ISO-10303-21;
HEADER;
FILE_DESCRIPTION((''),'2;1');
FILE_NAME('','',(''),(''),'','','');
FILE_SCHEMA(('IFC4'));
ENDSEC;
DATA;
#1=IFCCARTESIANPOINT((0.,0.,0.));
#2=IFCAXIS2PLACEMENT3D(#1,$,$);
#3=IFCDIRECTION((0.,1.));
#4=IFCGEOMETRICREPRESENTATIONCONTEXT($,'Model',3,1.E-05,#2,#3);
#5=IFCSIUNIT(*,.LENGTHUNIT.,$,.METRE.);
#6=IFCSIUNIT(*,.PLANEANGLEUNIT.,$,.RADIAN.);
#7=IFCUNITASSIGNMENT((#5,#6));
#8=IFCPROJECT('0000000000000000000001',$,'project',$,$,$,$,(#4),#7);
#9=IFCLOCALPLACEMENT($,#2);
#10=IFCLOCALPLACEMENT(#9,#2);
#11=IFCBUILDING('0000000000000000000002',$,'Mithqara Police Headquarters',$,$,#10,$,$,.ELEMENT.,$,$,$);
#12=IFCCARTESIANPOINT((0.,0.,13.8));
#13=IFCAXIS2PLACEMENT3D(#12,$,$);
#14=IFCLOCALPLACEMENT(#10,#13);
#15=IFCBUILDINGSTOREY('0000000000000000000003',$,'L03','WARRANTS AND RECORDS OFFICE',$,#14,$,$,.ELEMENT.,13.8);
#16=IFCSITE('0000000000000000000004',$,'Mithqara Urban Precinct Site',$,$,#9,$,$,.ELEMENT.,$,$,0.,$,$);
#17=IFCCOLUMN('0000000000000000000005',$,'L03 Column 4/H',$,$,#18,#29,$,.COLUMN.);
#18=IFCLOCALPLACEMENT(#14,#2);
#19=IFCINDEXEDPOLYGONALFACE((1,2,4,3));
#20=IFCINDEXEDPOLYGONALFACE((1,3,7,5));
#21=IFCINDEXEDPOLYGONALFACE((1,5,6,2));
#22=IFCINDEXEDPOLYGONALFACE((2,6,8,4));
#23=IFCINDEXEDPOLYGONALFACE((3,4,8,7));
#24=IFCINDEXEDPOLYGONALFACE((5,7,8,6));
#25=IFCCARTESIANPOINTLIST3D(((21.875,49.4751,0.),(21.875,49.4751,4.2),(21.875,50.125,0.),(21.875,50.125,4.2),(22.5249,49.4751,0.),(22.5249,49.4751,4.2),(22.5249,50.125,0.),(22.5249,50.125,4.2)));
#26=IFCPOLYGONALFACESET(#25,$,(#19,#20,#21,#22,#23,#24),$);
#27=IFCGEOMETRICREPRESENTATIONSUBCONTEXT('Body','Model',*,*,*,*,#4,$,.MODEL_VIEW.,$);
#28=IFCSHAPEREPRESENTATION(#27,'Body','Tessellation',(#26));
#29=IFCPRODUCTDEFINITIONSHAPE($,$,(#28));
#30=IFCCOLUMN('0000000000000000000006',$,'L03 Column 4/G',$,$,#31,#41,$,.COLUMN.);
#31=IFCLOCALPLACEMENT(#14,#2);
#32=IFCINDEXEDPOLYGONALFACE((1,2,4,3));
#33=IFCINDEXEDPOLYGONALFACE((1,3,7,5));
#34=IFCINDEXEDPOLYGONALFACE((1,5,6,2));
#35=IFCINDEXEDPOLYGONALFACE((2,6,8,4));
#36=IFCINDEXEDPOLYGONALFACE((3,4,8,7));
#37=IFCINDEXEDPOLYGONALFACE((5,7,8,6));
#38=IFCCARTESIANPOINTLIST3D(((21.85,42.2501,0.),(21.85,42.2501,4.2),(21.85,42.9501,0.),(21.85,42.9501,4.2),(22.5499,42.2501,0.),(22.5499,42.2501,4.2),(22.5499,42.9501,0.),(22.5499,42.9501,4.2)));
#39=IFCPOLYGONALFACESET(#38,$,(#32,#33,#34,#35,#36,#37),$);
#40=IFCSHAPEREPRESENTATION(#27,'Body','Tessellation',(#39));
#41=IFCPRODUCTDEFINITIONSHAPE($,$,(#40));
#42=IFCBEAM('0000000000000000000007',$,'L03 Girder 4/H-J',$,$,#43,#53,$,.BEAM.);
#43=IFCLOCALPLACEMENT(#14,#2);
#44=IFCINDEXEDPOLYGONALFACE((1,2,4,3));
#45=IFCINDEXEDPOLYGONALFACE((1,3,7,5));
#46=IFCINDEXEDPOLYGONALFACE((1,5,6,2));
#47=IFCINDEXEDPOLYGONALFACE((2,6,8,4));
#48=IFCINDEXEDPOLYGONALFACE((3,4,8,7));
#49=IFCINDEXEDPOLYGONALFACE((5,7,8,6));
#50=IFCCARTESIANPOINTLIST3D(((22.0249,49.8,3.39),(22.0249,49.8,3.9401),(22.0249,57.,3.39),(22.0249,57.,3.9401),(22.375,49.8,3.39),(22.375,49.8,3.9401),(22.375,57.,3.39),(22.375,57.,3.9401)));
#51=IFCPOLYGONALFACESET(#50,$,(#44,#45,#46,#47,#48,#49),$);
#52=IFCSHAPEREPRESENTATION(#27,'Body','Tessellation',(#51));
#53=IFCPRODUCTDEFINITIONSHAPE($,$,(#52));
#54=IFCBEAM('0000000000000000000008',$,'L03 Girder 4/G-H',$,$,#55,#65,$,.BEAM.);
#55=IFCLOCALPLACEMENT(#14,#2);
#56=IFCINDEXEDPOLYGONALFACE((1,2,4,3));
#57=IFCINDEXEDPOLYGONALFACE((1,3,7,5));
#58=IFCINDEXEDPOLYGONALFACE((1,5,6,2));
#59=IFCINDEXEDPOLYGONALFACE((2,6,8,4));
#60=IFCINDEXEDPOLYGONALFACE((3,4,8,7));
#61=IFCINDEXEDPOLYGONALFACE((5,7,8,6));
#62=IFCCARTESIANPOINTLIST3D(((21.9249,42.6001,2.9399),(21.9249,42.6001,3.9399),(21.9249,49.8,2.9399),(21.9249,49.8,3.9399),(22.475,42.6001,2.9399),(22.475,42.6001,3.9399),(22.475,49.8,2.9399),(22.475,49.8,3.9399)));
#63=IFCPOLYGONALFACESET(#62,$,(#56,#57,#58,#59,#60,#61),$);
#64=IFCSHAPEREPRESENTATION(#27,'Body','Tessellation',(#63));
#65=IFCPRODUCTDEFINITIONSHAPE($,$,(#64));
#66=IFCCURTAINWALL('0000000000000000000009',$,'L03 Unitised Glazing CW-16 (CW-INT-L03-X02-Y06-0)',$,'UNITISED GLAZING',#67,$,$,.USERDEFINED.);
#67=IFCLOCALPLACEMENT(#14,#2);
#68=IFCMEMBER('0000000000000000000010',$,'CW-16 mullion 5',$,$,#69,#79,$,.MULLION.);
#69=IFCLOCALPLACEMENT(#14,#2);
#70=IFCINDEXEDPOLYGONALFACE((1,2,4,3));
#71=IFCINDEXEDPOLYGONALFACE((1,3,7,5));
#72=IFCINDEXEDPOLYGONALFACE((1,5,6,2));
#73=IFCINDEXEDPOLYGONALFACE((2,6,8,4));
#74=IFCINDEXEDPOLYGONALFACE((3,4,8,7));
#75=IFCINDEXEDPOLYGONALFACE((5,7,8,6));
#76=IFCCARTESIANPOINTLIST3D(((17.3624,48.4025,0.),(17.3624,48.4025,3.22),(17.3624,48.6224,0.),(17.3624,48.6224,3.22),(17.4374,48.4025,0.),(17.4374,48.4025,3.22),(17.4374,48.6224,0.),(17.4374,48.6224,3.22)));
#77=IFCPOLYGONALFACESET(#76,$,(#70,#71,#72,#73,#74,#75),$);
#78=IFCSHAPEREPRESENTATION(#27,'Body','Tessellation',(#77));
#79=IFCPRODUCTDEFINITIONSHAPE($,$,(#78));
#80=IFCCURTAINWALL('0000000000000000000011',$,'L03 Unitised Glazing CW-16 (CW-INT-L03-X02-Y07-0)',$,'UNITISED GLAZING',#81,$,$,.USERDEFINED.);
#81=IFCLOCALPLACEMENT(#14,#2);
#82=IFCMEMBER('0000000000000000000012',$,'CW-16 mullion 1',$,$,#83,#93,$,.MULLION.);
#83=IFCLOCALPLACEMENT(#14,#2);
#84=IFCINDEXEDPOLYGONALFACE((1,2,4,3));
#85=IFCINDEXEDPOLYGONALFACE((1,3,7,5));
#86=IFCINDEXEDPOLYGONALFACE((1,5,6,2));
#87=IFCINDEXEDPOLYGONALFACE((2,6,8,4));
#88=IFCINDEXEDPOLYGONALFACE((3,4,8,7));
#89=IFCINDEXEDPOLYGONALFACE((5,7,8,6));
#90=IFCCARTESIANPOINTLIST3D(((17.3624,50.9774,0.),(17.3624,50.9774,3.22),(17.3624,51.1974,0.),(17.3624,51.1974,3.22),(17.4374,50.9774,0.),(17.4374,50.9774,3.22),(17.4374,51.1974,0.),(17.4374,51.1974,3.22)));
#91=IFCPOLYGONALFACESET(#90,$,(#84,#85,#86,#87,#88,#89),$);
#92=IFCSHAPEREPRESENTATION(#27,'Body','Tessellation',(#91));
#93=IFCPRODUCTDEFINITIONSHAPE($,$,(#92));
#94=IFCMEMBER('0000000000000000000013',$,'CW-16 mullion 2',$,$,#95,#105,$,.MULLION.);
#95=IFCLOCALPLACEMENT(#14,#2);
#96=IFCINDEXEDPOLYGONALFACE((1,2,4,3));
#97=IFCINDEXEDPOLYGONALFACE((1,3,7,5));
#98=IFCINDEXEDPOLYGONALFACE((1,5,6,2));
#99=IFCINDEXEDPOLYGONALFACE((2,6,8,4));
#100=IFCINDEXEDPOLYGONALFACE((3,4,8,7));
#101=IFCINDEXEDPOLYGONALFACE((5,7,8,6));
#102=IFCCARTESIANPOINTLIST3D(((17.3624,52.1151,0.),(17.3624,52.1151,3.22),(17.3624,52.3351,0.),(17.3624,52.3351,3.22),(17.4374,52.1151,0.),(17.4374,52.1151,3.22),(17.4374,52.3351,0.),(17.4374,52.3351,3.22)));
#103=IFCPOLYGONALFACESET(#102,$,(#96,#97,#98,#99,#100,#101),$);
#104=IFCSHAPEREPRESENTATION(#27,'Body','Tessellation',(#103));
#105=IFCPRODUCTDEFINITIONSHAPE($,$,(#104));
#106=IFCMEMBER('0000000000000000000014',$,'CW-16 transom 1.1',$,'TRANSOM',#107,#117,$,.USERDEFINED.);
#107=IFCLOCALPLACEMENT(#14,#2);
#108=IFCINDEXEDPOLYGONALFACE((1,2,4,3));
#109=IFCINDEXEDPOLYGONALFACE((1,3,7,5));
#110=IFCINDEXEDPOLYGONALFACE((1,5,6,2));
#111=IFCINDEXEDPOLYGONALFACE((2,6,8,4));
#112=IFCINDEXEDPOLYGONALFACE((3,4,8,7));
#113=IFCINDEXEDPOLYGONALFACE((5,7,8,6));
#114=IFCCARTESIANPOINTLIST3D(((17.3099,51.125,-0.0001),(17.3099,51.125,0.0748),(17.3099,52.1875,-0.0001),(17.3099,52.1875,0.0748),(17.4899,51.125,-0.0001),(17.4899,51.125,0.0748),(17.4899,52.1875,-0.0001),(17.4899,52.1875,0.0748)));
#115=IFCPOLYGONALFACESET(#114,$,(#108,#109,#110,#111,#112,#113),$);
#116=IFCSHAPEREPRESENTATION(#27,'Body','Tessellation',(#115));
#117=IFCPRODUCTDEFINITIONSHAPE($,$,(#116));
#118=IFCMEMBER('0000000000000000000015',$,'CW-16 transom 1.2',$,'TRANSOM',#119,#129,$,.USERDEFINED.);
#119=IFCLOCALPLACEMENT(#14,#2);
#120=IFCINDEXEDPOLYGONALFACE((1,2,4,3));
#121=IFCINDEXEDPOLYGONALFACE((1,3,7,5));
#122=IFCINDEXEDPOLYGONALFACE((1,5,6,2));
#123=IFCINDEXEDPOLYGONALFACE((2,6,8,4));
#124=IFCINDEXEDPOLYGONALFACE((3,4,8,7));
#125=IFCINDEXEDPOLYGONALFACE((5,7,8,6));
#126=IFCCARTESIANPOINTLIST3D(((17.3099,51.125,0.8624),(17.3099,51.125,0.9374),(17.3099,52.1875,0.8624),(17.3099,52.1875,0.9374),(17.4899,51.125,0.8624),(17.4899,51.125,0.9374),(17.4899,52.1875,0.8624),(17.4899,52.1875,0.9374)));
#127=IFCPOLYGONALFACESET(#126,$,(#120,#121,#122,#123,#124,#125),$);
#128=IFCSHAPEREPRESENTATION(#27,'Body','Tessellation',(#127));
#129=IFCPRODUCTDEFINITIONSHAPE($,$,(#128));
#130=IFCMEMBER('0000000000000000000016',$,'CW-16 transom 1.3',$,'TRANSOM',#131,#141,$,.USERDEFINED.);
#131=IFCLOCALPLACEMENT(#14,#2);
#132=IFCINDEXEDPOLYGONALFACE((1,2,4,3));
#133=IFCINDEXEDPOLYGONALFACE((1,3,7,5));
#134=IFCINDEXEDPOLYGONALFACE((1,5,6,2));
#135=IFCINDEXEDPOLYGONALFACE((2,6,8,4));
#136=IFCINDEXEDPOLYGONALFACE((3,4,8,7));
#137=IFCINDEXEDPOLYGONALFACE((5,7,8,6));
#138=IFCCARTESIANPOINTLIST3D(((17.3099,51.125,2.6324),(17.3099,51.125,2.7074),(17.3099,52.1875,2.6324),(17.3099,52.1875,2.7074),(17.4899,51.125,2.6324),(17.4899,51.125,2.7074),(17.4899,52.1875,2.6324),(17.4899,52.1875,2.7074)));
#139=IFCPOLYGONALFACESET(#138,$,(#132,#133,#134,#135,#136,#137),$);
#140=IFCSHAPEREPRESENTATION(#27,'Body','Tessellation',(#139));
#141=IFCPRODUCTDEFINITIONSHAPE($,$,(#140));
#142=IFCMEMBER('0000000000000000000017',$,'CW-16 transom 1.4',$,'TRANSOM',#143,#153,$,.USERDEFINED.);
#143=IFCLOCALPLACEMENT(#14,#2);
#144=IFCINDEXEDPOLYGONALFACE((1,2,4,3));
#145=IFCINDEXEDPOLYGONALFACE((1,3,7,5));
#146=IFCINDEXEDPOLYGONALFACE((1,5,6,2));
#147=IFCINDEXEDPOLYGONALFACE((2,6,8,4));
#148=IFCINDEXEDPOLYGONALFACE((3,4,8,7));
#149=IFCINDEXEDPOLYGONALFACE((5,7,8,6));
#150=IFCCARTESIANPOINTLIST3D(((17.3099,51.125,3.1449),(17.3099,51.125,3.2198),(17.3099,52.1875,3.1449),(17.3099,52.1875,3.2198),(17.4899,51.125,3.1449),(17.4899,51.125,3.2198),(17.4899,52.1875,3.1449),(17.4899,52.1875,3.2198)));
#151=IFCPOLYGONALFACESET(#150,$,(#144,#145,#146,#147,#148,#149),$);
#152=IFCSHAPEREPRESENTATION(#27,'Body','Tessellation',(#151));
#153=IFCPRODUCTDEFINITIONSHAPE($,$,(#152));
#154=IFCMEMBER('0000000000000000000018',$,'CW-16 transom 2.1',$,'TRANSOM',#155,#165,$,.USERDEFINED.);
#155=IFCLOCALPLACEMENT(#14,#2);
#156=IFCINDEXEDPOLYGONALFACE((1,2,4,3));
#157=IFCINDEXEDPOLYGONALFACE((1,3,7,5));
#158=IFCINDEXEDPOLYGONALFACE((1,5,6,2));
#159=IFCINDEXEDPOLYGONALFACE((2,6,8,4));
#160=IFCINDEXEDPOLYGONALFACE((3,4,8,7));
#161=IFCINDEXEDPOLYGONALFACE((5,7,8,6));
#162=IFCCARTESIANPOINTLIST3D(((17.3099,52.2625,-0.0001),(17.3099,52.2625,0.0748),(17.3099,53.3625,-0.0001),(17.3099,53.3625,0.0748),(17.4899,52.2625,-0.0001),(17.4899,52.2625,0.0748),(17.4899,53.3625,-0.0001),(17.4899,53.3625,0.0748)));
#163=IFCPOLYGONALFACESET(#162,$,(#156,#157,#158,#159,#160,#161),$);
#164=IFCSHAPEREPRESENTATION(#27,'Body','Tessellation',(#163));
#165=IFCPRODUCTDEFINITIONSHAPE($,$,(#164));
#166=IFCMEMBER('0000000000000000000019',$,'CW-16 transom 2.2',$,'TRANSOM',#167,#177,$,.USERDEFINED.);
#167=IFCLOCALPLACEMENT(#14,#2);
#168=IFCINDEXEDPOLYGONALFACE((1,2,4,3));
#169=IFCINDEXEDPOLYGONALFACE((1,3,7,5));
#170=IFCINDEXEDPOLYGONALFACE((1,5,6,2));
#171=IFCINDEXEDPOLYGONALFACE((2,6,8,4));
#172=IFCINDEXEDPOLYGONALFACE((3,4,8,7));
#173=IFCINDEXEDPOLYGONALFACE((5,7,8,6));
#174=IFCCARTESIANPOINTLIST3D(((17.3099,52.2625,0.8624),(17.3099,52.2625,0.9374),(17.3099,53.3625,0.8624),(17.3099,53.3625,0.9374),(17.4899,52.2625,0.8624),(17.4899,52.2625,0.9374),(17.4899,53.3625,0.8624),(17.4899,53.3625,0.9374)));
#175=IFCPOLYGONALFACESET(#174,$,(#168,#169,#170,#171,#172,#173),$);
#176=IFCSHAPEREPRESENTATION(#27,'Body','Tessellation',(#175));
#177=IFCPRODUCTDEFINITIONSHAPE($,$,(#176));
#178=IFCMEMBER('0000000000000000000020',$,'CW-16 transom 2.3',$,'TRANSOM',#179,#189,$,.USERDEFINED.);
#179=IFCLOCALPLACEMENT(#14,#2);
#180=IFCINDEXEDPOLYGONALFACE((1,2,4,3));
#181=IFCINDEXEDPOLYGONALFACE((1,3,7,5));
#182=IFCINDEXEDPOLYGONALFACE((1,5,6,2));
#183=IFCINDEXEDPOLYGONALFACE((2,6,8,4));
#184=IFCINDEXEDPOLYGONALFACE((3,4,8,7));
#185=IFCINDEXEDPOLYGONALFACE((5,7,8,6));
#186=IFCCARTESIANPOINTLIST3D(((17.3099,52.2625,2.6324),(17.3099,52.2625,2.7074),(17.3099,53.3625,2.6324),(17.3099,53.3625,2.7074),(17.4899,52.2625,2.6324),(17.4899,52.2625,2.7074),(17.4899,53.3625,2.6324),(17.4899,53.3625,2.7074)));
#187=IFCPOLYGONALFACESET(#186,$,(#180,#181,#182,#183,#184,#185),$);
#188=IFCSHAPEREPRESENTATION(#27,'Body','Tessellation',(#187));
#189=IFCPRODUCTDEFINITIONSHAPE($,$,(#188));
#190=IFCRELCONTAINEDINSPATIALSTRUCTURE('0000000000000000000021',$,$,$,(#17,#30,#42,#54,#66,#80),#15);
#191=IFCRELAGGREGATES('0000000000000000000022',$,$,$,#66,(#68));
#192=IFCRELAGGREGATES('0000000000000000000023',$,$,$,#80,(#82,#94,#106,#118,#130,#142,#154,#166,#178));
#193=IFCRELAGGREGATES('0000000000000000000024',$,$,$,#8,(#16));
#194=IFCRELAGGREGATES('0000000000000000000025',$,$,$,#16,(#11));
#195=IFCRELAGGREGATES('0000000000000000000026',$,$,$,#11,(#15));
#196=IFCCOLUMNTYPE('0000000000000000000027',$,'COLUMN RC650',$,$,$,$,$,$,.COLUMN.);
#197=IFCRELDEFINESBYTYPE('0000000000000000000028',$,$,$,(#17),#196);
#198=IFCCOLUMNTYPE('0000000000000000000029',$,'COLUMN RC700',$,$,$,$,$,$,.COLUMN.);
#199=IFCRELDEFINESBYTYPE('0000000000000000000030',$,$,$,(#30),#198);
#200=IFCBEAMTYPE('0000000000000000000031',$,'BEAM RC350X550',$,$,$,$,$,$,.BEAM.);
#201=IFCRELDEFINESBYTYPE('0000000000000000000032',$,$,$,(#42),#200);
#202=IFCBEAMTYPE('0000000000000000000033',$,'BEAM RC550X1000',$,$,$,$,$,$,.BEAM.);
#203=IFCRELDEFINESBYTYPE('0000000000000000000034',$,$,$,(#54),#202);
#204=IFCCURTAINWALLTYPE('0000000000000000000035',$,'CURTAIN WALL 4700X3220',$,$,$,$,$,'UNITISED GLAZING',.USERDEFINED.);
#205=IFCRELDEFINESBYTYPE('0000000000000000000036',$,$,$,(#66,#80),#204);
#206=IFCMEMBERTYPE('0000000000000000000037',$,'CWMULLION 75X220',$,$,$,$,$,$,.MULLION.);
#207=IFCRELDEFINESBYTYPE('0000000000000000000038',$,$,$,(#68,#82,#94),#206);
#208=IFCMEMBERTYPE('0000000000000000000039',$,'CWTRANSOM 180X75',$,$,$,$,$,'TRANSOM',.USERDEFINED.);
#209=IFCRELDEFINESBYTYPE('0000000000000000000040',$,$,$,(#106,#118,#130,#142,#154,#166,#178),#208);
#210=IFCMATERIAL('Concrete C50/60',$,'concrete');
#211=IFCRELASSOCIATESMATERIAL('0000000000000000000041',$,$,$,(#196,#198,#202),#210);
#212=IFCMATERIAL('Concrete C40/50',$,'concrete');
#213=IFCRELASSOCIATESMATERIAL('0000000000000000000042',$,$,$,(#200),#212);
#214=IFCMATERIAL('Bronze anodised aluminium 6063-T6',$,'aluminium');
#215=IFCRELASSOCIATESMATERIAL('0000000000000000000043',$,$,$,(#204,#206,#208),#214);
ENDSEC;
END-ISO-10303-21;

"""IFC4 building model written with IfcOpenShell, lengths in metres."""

from ifc_helpers import new_model, si_unit, direction, frame, origin, origin_2d, place, context, subcontext, project, spatial, rectangle, extrude, material, material_profile, profile_set, type_object, element, aggregate, save


model = new_model("IFC4")

# Units and contexts
model_context = context("Model", 3, precision=1e-05, world=origin(), true_north=direction((0.0, 1.0)))
body_context = subcontext(model_context, "Body", "Model", "MODEL_VIEW")
ifc_project = project(units=[si_unit("LENGTHUNIT", "METRE"), si_unit("PLANEANGLEUNIT", "RADIAN")], contexts=[model_context])

# Site, building, storey
site_placement = place(None, origin())
site = spatial("IfcSite", under=ifc_project, at=site_placement, Name="Mithqara Urban Precinct Site", CompositionType="ELEMENT", RefElevation=0.0)
building_placement = place(site_placement, origin())
building = spatial("IfcBuilding", under=site, at=building_placement, Name="Mithqara Police Headquarters", CompositionType="ELEMENT")
storey_placement = place(building_placement, frame((0.0, 0.0, 13.8)))
storey = spatial("IfcBuildingStorey", under=building, at=storey_placement, Name="L03", Description="WARRANTS AND RECORDS OFFICE", CompositionType="ELEMENT", Elevation=13.8)

# Columns
ifc_material_1 = material(Name="Concrete C50/60", Category="concrete")
ifc_material_profile_1 = material_profile(ifc_material_1, rectangle(XDim=0.6499, YDim=0.6499, at=origin_2d()), Name="RC 650x650")
ifc_profile_set_1 = profile_set([ifc_material_profile_1], Name="Concrete C50/60")
column_type_1 = type_object("IfcColumnType", Name="COLUMN RC650", PredefinedType="COLUMN", material=ifc_profile_set_1)
column_1_placement = place(storey_placement, frame((22.2, 49.8, 0.0), z_axis=(0.0, 0.0, 1.0), x_axis=(1.0, 0.0, 0.0)))
element("IfcColumn", 1, at=column_1_placement, inside=storey, type_object=column_type_1, Name="L03 Column 4/H", PredefinedType="COLUMN", context=body_context, shape_type="SweptSolid", body=[
    extrude(rectangle(XDim=0.6499, YDim=0.6499, at=origin_2d()), origin(), (0.0, 0.0, 1.0), 4.2),
])
ifc_material_profile_2 = material_profile(ifc_material_1, rectangle(XDim=0.7, YDim=0.7, at=origin_2d()), Name="RC 700x700")
ifc_profile_set_2 = profile_set([ifc_material_profile_2], Name="Concrete C50/60")
column_type_2 = type_object("IfcColumnType", Name="COLUMN RC700", PredefinedType="COLUMN", material=ifc_profile_set_2)
column_2_placement = place(storey_placement, frame((22.2, 42.6001, 0.0), z_axis=(0.0, 0.0, 1.0), x_axis=(1.0, 0.0, 0.0)))
element("IfcColumn", 2, at=column_2_placement, inside=storey, type_object=column_type_2, Name="L03 Column 4/G", PredefinedType="COLUMN", context=body_context, shape_type="SweptSolid", body=[
    extrude(rectangle(XDim=0.7, YDim=0.7, at=origin_2d()), origin(), (0.0, 0.0, 1.0), 4.2),
])

# Beams
ifc_material_2 = material(Name="Concrete C40/50", Category="concrete")
ifc_material_profile_3 = material_profile(ifc_material_2, rectangle(XDim=0.3501, YDim=0.55, at=origin_2d()), Name="RC 350x550")
ifc_profile_set_3 = profile_set([ifc_material_profile_3], Name="Concrete C40/50")
beam_type_1 = type_object("IfcBeamType", Name="BEAM RC350X550", PredefinedType="BEAM", material=ifc_profile_set_3)
beam_1_placement = place(storey_placement, frame((22.2, 49.8, 3.665), z_axis=(0.0, 1.0, 0.0), x_axis=(-1.0, 0.0, 0.0)))
element("IfcBeam", 3, at=beam_1_placement, inside=storey, type_object=beam_type_1, Name="L03 Girder 4/H-J", PredefinedType="BEAM", context=body_context, shape_type="SweptSolid", body=[
    extrude(rectangle(XDim=0.3501, YDim=0.55, at=origin_2d()), origin(), (0.0, 0.0, 1.0), 7.2),
])
ifc_material_profile_4 = material_profile(ifc_material_1, rectangle(XDim=0.55, YDim=1.0, at=origin_2d()), Name="RC 550x1000")
ifc_profile_set_4 = profile_set([ifc_material_profile_4], Name="Concrete C50/60")
beam_type_2 = type_object("IfcBeamType", Name="BEAM RC550X1000", PredefinedType="BEAM", material=ifc_profile_set_4)
beam_2_placement = place(storey_placement, frame((22.2, 42.6001, 3.4399), z_axis=(0.0, 1.0, 0.0), x_axis=(-1.0, 0.0, 0.0)))
element("IfcBeam", 4, at=beam_2_placement, inside=storey, type_object=beam_type_2, Name="L03 Girder 4/G-H", PredefinedType="BEAM", context=body_context, shape_type="SweptSolid", body=[
    extrude(rectangle(XDim=0.55, YDim=1.0, at=origin_2d()), origin(), (0.0, 0.0, 1.0), 7.2),
])

# Curtain wall, member
ifc_material_3 = material(Name="Bronze anodised aluminium 6063-T6", Category="aluminium")
curtain_wall_type = type_object("IfcCurtainWallType", Name="CURTAIN WALL 4700X3220", ElementType="UNITISED GLAZING", PredefinedType="USERDEFINED", material=ifc_material_3)
curtain_wall_1_placement = place(storey_placement, origin())
curtain_wall_1 = element("IfcCurtainWall", 5, at=curtain_wall_1_placement, inside=storey, type_object=curtain_wall_type, Name="L03 Unitised Glazing CW-16 (CW-INT-L03-X02-Y06-0)", ObjectType="UNITISED GLAZING", PredefinedType="USERDEFINED")
ifc_material_profile_5 = material_profile(ifc_material_3, rectangle(XDim=0.075, YDim=0.22, at=origin_2d()), Name="CWM 75x220")
ifc_profile_set_5 = profile_set([ifc_material_profile_5], Name="Bronze anodised aluminium 6063-T6")
member_type_1 = type_object("IfcMemberType", Name="CWMULLION 75X220", PredefinedType="MULLION", material=ifc_profile_set_5)
member_1_placement = place(storey_placement, frame((17.3999, 48.5125, 0.0), z_axis=(0.0, 0.0, 1.0), x_axis=(-1.0, 0.0, 0.0)))
member_1 = element("IfcMember", 6, at=member_1_placement, type_object=member_type_1, Name="CW-16 mullion 5", PredefinedType="MULLION", context=body_context, shape_type="SweptSolid", body=[
    extrude(rectangle(XDim=0.075, YDim=0.22, at=origin_2d()), origin(), (0.0, 0.0, 1.0), 3.22),
])

# Curtain wall, members
curtain_wall_2_placement = place(storey_placement, origin())
curtain_wall_2 = element("IfcCurtainWall", 7, at=curtain_wall_2_placement, inside=storey, type_object=curtain_wall_type, Name="L03 Unitised Glazing CW-16 (CW-INT-L03-X02-Y07-0)", ObjectType="UNITISED GLAZING", PredefinedType="USERDEFINED")
member_2_placement = place(storey_placement, frame((17.3999, 51.0874, 0.0), z_axis=(0.0, 0.0, 1.0), x_axis=(-1.0, 0.0, 0.0)))
member_2 = element("IfcMember", 8, at=member_2_placement, type_object=member_type_1, Name="CW-16 mullion 1", PredefinedType="MULLION", context=body_context, shape_type="SweptSolid", body=[
    extrude(rectangle(XDim=0.075, YDim=0.22, at=origin_2d()), origin(), (0.0, 0.0, 1.0), 3.22),
])
member_3_placement = place(storey_placement, frame((17.3999, 52.2251, 0.0), z_axis=(0.0, 0.0, 1.0), x_axis=(-1.0, 0.0, 0.0)))
member_3 = element("IfcMember", 9, at=member_3_placement, type_object=member_type_1, Name="CW-16 mullion 2", PredefinedType="MULLION", context=body_context, shape_type="SweptSolid", body=[
    extrude(rectangle(XDim=0.075, YDim=0.22, at=origin_2d()), origin(), (0.0, 0.0, 1.0), 3.22),
])
ifc_material_profile_6 = material_profile(ifc_material_3, rectangle(XDim=0.1799, YDim=0.075, at=origin_2d()), Name="CWT 180x75")
ifc_profile_set_6 = profile_set([ifc_material_profile_6], Name="Bronze anodised aluminium 6063-T6")
member_type_2 = type_object("IfcMemberType", Name="CWTRANSOM 180X75", ElementType="TRANSOM", PredefinedType="USERDEFINED", material=ifc_profile_set_6)
member_4_placement = place(storey_placement, frame((17.3999, 51.125, 0.0374), z_axis=(0.0, 1.0, 0.0), x_axis=(-1.0, 0.0, 0.0)))
member_4 = element("IfcMember", 10, at=member_4_placement, type_object=member_type_2, Name="CW-16 transom 1.1", ObjectType="TRANSOM", PredefinedType="USERDEFINED", context=body_context, shape_type="SweptSolid", body=[
    extrude(rectangle(XDim=0.1799, YDim=0.075, at=origin_2d()), origin(), (0.0, 0.0, 1.0), 1.0625),
])
member_5_placement = place(storey_placement, frame((17.3999, 51.125, 0.8999), z_axis=(0.0, 1.0, 0.0), x_axis=(-1.0, 0.0, 0.0)))
member_5 = element("IfcMember", 11, at=member_5_placement, type_object=member_type_2, Name="CW-16 transom 1.2", ObjectType="TRANSOM", PredefinedType="USERDEFINED", context=body_context, shape_type="SweptSolid", body=[
    extrude(rectangle(XDim=0.1799, YDim=0.075, at=origin_2d()), origin(), (0.0, 0.0, 1.0), 1.0625),
])
member_6_placement = place(storey_placement, frame((17.3999, 51.125, 2.6699), z_axis=(0.0, 1.0, 0.0), x_axis=(-1.0, 0.0, 0.0)))
member_6 = element("IfcMember", 12, at=member_6_placement, type_object=member_type_2, Name="CW-16 transom 1.3", ObjectType="TRANSOM", PredefinedType="USERDEFINED", context=body_context, shape_type="SweptSolid", body=[
    extrude(rectangle(XDim=0.1799, YDim=0.075, at=origin_2d()), origin(), (0.0, 0.0, 1.0), 1.0625),
])
member_7_placement = place(storey_placement, frame((17.3999, 51.125, 3.1824), z_axis=(0.0, 1.0, 0.0), x_axis=(-1.0, 0.0, 0.0)))
member_7 = element("IfcMember", 13, at=member_7_placement, type_object=member_type_2, Name="CW-16 transom 1.4", ObjectType="TRANSOM", PredefinedType="USERDEFINED", context=body_context, shape_type="SweptSolid", body=[
    extrude(rectangle(XDim=0.1799, YDim=0.075, at=origin_2d()), origin(), (0.0, 0.0, 1.0), 1.0625),
])
member_8_placement = place(storey_placement, frame((17.3999, 52.2625, 0.0374), z_axis=(0.0, 1.0, 0.0), x_axis=(-1.0, 0.0, 0.0)))
member_8 = element("IfcMember", 14, at=member_8_placement, type_object=member_type_2, Name="CW-16 transom 2.1", ObjectType="TRANSOM", PredefinedType="USERDEFINED", context=body_context, shape_type="SweptSolid", body=[
    extrude(rectangle(XDim=0.1799, YDim=0.075, at=origin_2d()), origin(), (0.0, 0.0, 1.0), 1.1001),
])
member_9_placement = place(storey_placement, frame((17.3999, 52.2625, 0.8999), z_axis=(0.0, 1.0, 0.0), x_axis=(-1.0, 0.0, 0.0)))
member_9 = element("IfcMember", 15, at=member_9_placement, type_object=member_type_2, Name="CW-16 transom 2.2", ObjectType="TRANSOM", PredefinedType="USERDEFINED", context=body_context, shape_type="SweptSolid", body=[
    extrude(rectangle(XDim=0.1799, YDim=0.075, at=origin_2d()), origin(), (0.0, 0.0, 1.0), 1.1001),
])
member_10_placement = place(storey_placement, frame((17.3999, 52.2625, 2.6699), z_axis=(0.0, 1.0, 0.0), x_axis=(-1.0, 0.0, 0.0)))
member_10 = element("IfcMember", 16, at=member_10_placement, type_object=member_type_2, Name="CW-16 transom 2.3", ObjectType="TRANSOM", PredefinedType="USERDEFINED", context=body_context, shape_type="SweptSolid", body=[
    extrude(rectangle(XDim=0.1799, YDim=0.075, at=origin_2d()), origin(), (0.0, 0.0, 1.0), 1.1001),
])

aggregate(curtain_wall_1, [member_1])
aggregate(curtain_wall_2, [member_2, member_3, member_4, member_5, member_6, member_7, member_8, member_9, member_10])

save(model, "model.ifc")
